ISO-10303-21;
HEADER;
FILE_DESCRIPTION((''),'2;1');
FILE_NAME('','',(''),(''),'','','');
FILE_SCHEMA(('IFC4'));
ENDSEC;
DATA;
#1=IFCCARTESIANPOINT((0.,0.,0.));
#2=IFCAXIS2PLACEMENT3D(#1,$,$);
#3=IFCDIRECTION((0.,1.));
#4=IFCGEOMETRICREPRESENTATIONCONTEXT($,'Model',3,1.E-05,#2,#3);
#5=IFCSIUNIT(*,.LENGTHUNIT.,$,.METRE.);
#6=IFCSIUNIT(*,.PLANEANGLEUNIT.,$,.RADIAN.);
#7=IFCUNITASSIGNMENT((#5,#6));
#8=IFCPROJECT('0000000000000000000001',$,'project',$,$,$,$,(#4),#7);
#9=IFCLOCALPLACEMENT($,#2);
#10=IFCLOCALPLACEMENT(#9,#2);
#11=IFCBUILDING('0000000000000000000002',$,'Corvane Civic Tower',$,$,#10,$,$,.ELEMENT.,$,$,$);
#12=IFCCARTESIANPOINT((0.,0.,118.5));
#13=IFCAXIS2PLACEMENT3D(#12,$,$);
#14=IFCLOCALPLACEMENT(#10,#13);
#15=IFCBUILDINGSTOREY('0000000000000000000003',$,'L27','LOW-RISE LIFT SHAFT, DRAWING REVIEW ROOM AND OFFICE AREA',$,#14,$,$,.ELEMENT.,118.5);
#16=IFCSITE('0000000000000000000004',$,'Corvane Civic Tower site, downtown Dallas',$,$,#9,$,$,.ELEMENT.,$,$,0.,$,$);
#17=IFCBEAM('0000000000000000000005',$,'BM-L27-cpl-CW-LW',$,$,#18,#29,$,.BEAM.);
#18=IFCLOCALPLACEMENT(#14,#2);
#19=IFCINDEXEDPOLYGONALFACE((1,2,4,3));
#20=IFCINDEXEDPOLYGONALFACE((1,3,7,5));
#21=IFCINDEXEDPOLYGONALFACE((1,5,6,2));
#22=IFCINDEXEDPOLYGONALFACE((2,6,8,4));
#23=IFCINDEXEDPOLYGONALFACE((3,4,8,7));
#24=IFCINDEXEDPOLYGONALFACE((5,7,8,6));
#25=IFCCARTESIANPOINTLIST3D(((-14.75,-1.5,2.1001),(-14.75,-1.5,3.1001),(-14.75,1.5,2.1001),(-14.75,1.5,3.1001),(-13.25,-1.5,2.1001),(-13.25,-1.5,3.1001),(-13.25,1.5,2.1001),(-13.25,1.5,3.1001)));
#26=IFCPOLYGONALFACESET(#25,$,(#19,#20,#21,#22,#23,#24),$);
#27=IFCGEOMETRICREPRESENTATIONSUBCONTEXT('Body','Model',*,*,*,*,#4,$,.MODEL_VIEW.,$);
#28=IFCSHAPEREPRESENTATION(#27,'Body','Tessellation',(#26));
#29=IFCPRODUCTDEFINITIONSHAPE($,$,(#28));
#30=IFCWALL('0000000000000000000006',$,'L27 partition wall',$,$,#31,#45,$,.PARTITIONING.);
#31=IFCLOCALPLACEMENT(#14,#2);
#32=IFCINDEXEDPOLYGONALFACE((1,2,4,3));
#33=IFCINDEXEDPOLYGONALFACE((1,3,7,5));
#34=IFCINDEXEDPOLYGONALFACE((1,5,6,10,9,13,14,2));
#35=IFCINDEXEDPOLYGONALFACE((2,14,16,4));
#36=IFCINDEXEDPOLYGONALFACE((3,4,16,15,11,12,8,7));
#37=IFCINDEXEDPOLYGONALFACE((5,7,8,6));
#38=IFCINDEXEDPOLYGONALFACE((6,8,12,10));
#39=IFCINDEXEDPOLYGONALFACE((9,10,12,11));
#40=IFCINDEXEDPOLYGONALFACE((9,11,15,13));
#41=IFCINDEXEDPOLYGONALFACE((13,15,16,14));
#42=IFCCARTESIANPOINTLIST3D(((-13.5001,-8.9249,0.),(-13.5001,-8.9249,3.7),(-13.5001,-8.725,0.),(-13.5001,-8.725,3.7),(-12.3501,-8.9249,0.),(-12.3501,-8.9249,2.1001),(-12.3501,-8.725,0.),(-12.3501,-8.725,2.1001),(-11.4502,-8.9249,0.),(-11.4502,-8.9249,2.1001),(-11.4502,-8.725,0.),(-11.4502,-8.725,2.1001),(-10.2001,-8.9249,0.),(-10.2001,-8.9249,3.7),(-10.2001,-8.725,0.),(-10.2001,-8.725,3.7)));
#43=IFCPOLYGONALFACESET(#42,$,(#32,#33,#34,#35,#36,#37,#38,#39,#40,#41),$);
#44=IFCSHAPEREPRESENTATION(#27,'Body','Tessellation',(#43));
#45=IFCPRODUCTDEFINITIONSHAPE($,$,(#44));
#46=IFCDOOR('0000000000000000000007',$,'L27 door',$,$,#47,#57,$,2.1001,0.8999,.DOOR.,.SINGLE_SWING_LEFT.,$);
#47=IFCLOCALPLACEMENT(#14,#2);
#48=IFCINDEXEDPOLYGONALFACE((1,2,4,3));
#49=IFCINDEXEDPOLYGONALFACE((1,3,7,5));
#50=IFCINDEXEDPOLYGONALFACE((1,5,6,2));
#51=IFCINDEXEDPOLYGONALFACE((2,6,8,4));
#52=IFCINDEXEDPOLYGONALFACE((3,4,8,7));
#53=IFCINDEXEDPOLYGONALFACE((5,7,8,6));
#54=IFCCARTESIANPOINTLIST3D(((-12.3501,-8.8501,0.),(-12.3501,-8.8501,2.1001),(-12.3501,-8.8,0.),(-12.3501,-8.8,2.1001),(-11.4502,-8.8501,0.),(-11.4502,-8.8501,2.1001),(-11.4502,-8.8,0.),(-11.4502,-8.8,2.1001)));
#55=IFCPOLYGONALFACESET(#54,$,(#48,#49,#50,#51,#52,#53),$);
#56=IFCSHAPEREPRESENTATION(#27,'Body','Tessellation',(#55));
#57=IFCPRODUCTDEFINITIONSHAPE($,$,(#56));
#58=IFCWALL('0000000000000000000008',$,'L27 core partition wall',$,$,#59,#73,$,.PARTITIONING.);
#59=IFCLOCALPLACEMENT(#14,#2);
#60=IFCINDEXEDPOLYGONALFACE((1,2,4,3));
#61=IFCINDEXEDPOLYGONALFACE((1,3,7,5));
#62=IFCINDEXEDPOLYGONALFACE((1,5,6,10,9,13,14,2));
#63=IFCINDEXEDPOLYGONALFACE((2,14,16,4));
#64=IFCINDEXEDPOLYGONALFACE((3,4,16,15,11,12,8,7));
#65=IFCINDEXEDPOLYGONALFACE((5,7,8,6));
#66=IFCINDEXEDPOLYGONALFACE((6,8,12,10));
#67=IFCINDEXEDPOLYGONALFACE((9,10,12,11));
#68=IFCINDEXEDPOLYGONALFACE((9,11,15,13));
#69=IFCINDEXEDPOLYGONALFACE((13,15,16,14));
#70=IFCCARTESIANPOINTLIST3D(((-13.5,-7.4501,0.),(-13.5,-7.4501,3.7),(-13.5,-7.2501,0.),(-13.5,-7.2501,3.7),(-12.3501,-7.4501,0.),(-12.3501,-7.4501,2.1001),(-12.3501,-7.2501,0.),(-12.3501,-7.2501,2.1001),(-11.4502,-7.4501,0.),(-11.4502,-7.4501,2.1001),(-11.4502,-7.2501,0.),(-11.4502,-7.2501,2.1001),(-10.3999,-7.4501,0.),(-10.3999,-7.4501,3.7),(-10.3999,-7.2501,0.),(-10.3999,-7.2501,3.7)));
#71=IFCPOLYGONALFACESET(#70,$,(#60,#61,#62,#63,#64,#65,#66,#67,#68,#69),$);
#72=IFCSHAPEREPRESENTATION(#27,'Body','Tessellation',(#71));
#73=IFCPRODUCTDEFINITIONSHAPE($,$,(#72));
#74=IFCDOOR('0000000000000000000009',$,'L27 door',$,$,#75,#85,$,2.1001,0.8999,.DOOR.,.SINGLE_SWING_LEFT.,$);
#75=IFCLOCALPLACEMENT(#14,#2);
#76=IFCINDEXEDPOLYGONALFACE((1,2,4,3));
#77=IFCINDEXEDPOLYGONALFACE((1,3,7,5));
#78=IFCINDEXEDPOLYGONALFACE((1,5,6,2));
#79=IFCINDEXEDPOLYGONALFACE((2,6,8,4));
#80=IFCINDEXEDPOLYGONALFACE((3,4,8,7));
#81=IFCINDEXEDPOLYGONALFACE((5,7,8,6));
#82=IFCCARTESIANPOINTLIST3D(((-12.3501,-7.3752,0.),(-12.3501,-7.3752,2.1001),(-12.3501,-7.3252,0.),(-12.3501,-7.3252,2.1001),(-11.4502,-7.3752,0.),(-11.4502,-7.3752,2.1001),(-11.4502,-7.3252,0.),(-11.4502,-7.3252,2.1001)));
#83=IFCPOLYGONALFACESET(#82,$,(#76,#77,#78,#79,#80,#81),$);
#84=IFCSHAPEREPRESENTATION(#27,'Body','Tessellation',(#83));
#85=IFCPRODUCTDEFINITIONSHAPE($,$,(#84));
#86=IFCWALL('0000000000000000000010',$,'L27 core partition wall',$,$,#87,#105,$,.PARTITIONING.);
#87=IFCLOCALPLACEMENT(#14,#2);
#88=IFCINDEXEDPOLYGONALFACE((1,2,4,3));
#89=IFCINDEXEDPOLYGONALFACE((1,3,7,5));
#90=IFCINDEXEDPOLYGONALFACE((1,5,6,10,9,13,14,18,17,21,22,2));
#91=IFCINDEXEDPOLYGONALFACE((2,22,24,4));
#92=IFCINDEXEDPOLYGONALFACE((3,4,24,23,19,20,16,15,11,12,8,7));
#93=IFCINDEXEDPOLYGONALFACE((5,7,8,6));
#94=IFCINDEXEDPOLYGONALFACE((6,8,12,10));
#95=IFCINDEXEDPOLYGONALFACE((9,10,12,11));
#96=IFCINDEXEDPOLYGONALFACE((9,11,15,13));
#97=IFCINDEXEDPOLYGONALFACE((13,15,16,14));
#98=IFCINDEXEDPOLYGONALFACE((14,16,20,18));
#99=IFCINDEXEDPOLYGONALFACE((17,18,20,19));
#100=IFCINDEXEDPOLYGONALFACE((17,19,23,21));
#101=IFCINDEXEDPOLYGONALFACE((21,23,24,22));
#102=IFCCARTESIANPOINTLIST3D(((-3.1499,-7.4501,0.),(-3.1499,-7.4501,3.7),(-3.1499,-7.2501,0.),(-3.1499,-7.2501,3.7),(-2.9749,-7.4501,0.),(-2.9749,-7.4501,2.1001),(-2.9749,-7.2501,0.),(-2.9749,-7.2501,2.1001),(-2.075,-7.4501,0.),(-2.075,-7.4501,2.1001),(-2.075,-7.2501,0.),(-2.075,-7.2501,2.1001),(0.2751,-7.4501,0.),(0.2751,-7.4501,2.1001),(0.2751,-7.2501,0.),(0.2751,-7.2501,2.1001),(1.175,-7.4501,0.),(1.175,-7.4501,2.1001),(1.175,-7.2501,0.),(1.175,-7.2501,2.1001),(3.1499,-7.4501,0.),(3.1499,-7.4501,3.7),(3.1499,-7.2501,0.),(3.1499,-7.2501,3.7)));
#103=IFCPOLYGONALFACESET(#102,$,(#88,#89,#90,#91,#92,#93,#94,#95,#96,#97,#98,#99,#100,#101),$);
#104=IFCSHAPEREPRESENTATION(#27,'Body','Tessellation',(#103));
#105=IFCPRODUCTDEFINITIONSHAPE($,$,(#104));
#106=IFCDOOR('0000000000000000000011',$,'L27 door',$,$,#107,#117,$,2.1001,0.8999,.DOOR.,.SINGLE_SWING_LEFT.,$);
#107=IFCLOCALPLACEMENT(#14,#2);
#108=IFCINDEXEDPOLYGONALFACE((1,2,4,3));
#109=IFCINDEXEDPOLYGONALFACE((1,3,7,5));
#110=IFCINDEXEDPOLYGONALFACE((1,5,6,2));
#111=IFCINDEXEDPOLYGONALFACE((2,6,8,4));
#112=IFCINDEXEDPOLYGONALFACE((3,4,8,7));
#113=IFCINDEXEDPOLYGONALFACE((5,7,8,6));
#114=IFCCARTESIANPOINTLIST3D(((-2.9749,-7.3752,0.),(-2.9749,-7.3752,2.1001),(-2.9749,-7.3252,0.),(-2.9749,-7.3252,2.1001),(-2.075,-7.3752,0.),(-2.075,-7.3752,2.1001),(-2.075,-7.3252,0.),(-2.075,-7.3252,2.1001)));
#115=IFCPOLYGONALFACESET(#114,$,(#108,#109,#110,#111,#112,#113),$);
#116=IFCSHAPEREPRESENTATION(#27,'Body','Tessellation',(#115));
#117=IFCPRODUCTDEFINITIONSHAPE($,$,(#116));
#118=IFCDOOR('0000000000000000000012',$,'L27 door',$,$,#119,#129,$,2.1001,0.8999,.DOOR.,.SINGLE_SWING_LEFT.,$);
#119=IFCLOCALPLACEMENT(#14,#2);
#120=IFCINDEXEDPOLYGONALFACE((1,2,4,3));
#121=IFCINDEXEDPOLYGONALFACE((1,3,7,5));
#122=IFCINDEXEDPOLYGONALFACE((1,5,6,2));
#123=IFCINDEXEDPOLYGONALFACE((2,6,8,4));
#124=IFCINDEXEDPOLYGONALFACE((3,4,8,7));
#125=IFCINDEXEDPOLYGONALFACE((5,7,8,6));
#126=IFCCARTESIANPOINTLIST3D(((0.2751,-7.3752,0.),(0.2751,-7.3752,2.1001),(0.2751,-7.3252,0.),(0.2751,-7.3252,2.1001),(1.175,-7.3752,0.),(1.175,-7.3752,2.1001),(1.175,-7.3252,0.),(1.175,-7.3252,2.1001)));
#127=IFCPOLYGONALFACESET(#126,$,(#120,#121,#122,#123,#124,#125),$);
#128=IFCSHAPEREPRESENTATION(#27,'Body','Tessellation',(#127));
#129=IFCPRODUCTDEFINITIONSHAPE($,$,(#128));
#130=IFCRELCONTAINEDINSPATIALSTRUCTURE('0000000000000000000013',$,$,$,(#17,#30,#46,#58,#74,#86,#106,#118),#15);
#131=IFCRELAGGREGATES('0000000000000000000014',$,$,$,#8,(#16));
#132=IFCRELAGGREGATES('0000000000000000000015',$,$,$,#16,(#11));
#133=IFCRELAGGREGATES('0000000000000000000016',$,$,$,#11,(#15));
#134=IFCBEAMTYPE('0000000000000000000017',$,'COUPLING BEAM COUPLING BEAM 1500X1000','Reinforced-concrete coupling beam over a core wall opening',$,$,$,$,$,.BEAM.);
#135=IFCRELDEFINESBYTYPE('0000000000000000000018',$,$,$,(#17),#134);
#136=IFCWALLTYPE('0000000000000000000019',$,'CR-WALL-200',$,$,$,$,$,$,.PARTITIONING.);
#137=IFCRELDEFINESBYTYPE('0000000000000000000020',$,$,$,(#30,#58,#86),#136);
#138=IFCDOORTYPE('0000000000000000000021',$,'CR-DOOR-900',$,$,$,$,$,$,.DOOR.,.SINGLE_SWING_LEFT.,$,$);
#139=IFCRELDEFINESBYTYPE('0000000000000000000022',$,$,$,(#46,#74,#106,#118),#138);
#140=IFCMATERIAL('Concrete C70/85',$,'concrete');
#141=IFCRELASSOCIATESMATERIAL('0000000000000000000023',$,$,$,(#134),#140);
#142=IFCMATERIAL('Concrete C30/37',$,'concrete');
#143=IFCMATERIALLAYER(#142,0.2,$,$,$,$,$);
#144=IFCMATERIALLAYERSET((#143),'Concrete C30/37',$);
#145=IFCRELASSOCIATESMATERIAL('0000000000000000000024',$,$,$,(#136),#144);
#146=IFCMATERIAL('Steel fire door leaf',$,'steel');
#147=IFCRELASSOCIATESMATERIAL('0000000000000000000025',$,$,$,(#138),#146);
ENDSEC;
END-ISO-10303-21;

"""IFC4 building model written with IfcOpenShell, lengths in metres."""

from ifc_helpers import new_model, si_unit, direction, frame, frame_2d, origin, origin_2d, place, context, subcontext, project, spatial, rectangle, extrude, material, layer, layer_set, material_profile, profile_set, type_object, element, fill, save


model = new_model("IFC4")

# Units and contexts
model_context = context("Model", 3, precision=1e-05, world=origin(), true_north=direction((0.0, 1.0)))
body_context = subcontext(model_context, "Body", "Model", "MODEL_VIEW")
ifc_project = project(units=[si_unit("LENGTHUNIT", "METRE"), si_unit("PLANEANGLEUNIT", "RADIAN")], contexts=[model_context])

# Site, building, storey
site_placement = place(None, origin())
site = spatial("IfcSite", under=ifc_project, at=site_placement, Name="Corvane Civic Tower site, downtown Dallas", CompositionType="ELEMENT", RefElevation=0.0)
building_placement = place(site_placement, origin())
building = spatial("IfcBuilding", under=site, at=building_placement, Name="Corvane Civic Tower", CompositionType="ELEMENT")
storey_placement = place(building_placement, frame((0.0, 0.0, 118.5)))
storey = spatial("IfcBuildingStorey", under=building, at=storey_placement, Name="L27", Description="LOW-RISE LIFT SHAFT, DRAWING REVIEW ROOM AND OFFICE AREA", CompositionType="ELEMENT", Elevation=118.5)

# Beam
ifc_material_1 = material(Name="Concrete C70/85", Category="concrete")
ifc_material_profile = material_profile(ifc_material_1, rectangle(XDim=1.5, YDim=1.0, at=origin_2d()), Name="COUPLING BEAM 1500X1000")
ifc_profile_set = profile_set([ifc_material_profile], Name="Concrete C70/85")
beam_type = type_object("IfcBeamType", Name="COUPLING BEAM COUPLING BEAM 1500X1000", Description="Reinforced-concrete coupling beam over a core wall opening", PredefinedType="BEAM", material=ifc_profile_set)
beam_placement = place(storey_placement, frame((-14.0, -1.5, 2.6001), z_axis=(0.0, 1.0, 0.0), x_axis=(-1.0, 0.0, 0.0)))
element("IfcBeam", 1, at=beam_placement, inside=storey, type_object=beam_type, Name="BM-L27-cpl-CW-LW", PredefinedType="BEAM", context=body_context, shape_type="SweptSolid", body=[
    extrude(rectangle(XDim=1.5, YDim=1.0, at=origin_2d()), origin(), (0.0, 0.0, 1.0), 3.0),
])

# Walls, openings, doors
ifc_material_2 = material(Name="Concrete C30/37", Category="concrete")
ifc_layer_1 = layer(ifc_material_2, 0.2)
ifc_layer_set_1 = layer_set([ifc_layer_1], Name="Concrete C30/37")
wall_type_1 = type_object("IfcWallType", Name="CR-WALL-200", PredefinedType="PARTITIONING", material=ifc_layer_set_1)
wall_1_placement = place(storey_placement, frame((-13.5, -8.825, 0.0), z_axis=(0.0, 0.0, 1.0), x_axis=(1.0, 0.0, 0.0)))
wall_1 = element("IfcWall", 2, at=wall_1_placement, inside=storey, type_object=wall_type_1, Name="L27 partition wall", PredefinedType="PARTITIONING", context=body_context, shape_type="SweptSolid", body=[
    extrude(rectangle(XDim=3.3, YDim=0.2, at=frame_2d((1.6499, 0.0))), origin(), (0.0, 0.0, 1.0), 3.7),
])
opening_1_placement = place(wall_1_placement, frame((1.1499, 0.0, 0.0)))
opening_1 = element("IfcOpeningElement", 3, at=opening_1_placement, cuts=wall_1, PredefinedType="OPENING", context=body_context, shape_type="SweptSolid", body=[
    extrude(rectangle(XDim=0.8999, YDim=2.1001, at=frame_2d((0.45, 1.05))), frame((0.0, 0.1099, 0.0), z_axis=(0.0, -1.0, 0.0), x_axis=(1.0, 0.0, 0.0)), (0.0, 0.0, 1.0), 0.22),
])
ifc_material_3 = material(Name="Steel fire door leaf", Category="steel")
door_type_1 = type_object("IfcDoorType", Name="CR-DOOR-900", OperationType="SINGLE_SWING_LEFT", PredefinedType="DOOR", material=ifc_material_3)
door_1_placement = place(opening_1_placement, origin())
door_1 = element("IfcDoor", 4, at=door_1_placement, inside=storey, type_object=door_type_1, Name="L27 door", OperationType="SINGLE_SWING_LEFT", OverallHeight=2.1001, OverallWidth=0.8999, PredefinedType="DOOR", context=body_context, shape_type="SweptSolid", body=[
    extrude(rectangle(XDim=0.8999, YDim=2.1001, at=frame_2d((0.45, 1.05))), frame((0.0, 0.0249, 0.0), z_axis=(0.0, -1.0, 0.0), x_axis=(1.0, 0.0, 0.0)), (0.0, 0.0, 1.0), 0.05),
])
fill(opening_1, door_1)
wall_2_placement = place(storey_placement, frame((-13.5, -7.3501, 0.0), z_axis=(0.0, 0.0, 1.0), x_axis=(1.0, 0.0, 0.0)))
wall_2 = element("IfcWall", 5, at=wall_2_placement, inside=storey, type_object=wall_type_1, Name="L27 core partition wall", PredefinedType="PARTITIONING", context=body_context, shape_type="SweptSolid", body=[
    extrude(rectangle(XDim=3.1001, YDim=0.2, at=frame_2d((1.55, 0.0))), origin(), (0.0, 0.0, 1.0), 3.7),
])
opening_2_placement = place(wall_2_placement, frame((1.1499, 0.0, 0.0)))
opening_2 = element("IfcOpeningElement", 6, at=opening_2_placement, cuts=wall_2, PredefinedType="OPENING", context=body_context, shape_type="SweptSolid", body=[
    extrude(rectangle(XDim=0.8999, YDim=2.1001, at=frame_2d((0.45, 1.05))), frame((0.0, 0.1099, 0.0), z_axis=(0.0, -1.0, 0.0), x_axis=(1.0, 0.0, 0.0)), (0.0, 0.0, 1.0), 0.22),
])
door_2_placement = place(opening_2_placement, origin())
door_2 = element("IfcDoor", 7, at=door_2_placement, inside=storey, type_object=door_type_1, Name="L27 door", OperationType="SINGLE_SWING_LEFT", OverallHeight=2.1001, OverallWidth=0.8999, PredefinedType="DOOR", context=body_context, shape_type="SweptSolid", body=[
    extrude(rectangle(XDim=0.8999, YDim=2.1001, at=frame_2d((0.45, 1.05))), frame((0.0, 0.0249, 0.0), z_axis=(0.0, -1.0, 0.0), x_axis=(1.0, 0.0, 0.0)), (0.0, 0.0, 1.0), 0.05),
])
fill(opening_2, door_2)

# Wall, openings, doors
wall_3_placement = place(storey_placement, frame((-3.1499, -7.3501, 0.0), z_axis=(0.0, 0.0, 1.0), x_axis=(1.0, 0.0, 0.0)))
wall_3 = element("IfcWall", 8, at=wall_3_placement, inside=storey, type_object=wall_type_1, Name="L27 core partition wall", PredefinedType="PARTITIONING", context=body_context, shape_type="SweptSolid", body=[
    extrude(rectangle(XDim=6.2998, YDim=0.2, at=frame_2d((3.1499, 0.0))), origin(), (0.0, 0.0, 1.0), 3.7),
])
opening_3_placement = place(wall_3_placement, frame((0.175, 0.0, 0.0)))
opening_3 = element("IfcOpeningElement", 9, at=opening_3_placement, cuts=wall_3, PredefinedType="OPENING", context=body_context, shape_type="SweptSolid", body=[
    extrude(rectangle(XDim=0.8999, YDim=2.1001, at=frame_2d((0.45, 1.05))), frame((0.0, 0.1099, 0.0), z_axis=(0.0, -1.0, 0.0), x_axis=(1.0, 0.0, 0.0)), (0.0, 0.0, 1.0), 0.22),
])
opening_4_placement = place(wall_3_placement, frame((3.425, 0.0, 0.0)))
opening_4 = element("IfcOpeningElement", 10, at=opening_4_placement, cuts=wall_3, PredefinedType="OPENING", context=body_context, shape_type="SweptSolid", body=[
    extrude(rectangle(XDim=0.8999, YDim=2.1001, at=frame_2d((0.45, 1.05))), frame((0.0, 0.1099, 0.0), z_axis=(0.0, -1.0, 0.0), x_axis=(1.0, 0.0, 0.0)), (0.0, 0.0, 1.0), 0.22),
])
door_3_placement = place(opening_3_placement, origin())
door_3 = element("IfcDoor", 11, at=door_3_placement, inside=storey, type_object=door_type_1, Name="L27 door", OperationType="SINGLE_SWING_LEFT", OverallHeight=2.1001, OverallWidth=0.8999, PredefinedType="DOOR", context=body_context, shape_type="SweptSolid", body=[
    extrude(rectangle(XDim=0.8999, YDim=2.1001, at=frame_2d((0.45, 1.05))), frame((0.0, 0.0249, 0.0), z_axis=(0.0, -1.0, 0.0), x_axis=(1.0, 0.0, 0.0)), (0.0, 0.0, 1.0), 0.05),
])
fill(opening_3, door_3)
door_4_placement = place(opening_4_placement, origin())
door_4 = element("IfcDoor", 12, at=door_4_placement, inside=storey, type_object=door_type_1, Name="L27 door", OperationType="SINGLE_SWING_LEFT", OverallHeight=2.1001, OverallWidth=0.8999, PredefinedType="DOOR", context=body_context, shape_type="SweptSolid", body=[
    extrude(rectangle(XDim=0.8999, YDim=2.1001, at=frame_2d((0.45, 1.05))), frame((0.0, 0.0249, 0.0), z_axis=(0.0, -1.0, 0.0), x_axis=(1.0, 0.0, 0.0)), (0.0, 0.0, 1.0), 0.05),
])
fill(opening_4, door_4)

save(model, "model.ifc")
